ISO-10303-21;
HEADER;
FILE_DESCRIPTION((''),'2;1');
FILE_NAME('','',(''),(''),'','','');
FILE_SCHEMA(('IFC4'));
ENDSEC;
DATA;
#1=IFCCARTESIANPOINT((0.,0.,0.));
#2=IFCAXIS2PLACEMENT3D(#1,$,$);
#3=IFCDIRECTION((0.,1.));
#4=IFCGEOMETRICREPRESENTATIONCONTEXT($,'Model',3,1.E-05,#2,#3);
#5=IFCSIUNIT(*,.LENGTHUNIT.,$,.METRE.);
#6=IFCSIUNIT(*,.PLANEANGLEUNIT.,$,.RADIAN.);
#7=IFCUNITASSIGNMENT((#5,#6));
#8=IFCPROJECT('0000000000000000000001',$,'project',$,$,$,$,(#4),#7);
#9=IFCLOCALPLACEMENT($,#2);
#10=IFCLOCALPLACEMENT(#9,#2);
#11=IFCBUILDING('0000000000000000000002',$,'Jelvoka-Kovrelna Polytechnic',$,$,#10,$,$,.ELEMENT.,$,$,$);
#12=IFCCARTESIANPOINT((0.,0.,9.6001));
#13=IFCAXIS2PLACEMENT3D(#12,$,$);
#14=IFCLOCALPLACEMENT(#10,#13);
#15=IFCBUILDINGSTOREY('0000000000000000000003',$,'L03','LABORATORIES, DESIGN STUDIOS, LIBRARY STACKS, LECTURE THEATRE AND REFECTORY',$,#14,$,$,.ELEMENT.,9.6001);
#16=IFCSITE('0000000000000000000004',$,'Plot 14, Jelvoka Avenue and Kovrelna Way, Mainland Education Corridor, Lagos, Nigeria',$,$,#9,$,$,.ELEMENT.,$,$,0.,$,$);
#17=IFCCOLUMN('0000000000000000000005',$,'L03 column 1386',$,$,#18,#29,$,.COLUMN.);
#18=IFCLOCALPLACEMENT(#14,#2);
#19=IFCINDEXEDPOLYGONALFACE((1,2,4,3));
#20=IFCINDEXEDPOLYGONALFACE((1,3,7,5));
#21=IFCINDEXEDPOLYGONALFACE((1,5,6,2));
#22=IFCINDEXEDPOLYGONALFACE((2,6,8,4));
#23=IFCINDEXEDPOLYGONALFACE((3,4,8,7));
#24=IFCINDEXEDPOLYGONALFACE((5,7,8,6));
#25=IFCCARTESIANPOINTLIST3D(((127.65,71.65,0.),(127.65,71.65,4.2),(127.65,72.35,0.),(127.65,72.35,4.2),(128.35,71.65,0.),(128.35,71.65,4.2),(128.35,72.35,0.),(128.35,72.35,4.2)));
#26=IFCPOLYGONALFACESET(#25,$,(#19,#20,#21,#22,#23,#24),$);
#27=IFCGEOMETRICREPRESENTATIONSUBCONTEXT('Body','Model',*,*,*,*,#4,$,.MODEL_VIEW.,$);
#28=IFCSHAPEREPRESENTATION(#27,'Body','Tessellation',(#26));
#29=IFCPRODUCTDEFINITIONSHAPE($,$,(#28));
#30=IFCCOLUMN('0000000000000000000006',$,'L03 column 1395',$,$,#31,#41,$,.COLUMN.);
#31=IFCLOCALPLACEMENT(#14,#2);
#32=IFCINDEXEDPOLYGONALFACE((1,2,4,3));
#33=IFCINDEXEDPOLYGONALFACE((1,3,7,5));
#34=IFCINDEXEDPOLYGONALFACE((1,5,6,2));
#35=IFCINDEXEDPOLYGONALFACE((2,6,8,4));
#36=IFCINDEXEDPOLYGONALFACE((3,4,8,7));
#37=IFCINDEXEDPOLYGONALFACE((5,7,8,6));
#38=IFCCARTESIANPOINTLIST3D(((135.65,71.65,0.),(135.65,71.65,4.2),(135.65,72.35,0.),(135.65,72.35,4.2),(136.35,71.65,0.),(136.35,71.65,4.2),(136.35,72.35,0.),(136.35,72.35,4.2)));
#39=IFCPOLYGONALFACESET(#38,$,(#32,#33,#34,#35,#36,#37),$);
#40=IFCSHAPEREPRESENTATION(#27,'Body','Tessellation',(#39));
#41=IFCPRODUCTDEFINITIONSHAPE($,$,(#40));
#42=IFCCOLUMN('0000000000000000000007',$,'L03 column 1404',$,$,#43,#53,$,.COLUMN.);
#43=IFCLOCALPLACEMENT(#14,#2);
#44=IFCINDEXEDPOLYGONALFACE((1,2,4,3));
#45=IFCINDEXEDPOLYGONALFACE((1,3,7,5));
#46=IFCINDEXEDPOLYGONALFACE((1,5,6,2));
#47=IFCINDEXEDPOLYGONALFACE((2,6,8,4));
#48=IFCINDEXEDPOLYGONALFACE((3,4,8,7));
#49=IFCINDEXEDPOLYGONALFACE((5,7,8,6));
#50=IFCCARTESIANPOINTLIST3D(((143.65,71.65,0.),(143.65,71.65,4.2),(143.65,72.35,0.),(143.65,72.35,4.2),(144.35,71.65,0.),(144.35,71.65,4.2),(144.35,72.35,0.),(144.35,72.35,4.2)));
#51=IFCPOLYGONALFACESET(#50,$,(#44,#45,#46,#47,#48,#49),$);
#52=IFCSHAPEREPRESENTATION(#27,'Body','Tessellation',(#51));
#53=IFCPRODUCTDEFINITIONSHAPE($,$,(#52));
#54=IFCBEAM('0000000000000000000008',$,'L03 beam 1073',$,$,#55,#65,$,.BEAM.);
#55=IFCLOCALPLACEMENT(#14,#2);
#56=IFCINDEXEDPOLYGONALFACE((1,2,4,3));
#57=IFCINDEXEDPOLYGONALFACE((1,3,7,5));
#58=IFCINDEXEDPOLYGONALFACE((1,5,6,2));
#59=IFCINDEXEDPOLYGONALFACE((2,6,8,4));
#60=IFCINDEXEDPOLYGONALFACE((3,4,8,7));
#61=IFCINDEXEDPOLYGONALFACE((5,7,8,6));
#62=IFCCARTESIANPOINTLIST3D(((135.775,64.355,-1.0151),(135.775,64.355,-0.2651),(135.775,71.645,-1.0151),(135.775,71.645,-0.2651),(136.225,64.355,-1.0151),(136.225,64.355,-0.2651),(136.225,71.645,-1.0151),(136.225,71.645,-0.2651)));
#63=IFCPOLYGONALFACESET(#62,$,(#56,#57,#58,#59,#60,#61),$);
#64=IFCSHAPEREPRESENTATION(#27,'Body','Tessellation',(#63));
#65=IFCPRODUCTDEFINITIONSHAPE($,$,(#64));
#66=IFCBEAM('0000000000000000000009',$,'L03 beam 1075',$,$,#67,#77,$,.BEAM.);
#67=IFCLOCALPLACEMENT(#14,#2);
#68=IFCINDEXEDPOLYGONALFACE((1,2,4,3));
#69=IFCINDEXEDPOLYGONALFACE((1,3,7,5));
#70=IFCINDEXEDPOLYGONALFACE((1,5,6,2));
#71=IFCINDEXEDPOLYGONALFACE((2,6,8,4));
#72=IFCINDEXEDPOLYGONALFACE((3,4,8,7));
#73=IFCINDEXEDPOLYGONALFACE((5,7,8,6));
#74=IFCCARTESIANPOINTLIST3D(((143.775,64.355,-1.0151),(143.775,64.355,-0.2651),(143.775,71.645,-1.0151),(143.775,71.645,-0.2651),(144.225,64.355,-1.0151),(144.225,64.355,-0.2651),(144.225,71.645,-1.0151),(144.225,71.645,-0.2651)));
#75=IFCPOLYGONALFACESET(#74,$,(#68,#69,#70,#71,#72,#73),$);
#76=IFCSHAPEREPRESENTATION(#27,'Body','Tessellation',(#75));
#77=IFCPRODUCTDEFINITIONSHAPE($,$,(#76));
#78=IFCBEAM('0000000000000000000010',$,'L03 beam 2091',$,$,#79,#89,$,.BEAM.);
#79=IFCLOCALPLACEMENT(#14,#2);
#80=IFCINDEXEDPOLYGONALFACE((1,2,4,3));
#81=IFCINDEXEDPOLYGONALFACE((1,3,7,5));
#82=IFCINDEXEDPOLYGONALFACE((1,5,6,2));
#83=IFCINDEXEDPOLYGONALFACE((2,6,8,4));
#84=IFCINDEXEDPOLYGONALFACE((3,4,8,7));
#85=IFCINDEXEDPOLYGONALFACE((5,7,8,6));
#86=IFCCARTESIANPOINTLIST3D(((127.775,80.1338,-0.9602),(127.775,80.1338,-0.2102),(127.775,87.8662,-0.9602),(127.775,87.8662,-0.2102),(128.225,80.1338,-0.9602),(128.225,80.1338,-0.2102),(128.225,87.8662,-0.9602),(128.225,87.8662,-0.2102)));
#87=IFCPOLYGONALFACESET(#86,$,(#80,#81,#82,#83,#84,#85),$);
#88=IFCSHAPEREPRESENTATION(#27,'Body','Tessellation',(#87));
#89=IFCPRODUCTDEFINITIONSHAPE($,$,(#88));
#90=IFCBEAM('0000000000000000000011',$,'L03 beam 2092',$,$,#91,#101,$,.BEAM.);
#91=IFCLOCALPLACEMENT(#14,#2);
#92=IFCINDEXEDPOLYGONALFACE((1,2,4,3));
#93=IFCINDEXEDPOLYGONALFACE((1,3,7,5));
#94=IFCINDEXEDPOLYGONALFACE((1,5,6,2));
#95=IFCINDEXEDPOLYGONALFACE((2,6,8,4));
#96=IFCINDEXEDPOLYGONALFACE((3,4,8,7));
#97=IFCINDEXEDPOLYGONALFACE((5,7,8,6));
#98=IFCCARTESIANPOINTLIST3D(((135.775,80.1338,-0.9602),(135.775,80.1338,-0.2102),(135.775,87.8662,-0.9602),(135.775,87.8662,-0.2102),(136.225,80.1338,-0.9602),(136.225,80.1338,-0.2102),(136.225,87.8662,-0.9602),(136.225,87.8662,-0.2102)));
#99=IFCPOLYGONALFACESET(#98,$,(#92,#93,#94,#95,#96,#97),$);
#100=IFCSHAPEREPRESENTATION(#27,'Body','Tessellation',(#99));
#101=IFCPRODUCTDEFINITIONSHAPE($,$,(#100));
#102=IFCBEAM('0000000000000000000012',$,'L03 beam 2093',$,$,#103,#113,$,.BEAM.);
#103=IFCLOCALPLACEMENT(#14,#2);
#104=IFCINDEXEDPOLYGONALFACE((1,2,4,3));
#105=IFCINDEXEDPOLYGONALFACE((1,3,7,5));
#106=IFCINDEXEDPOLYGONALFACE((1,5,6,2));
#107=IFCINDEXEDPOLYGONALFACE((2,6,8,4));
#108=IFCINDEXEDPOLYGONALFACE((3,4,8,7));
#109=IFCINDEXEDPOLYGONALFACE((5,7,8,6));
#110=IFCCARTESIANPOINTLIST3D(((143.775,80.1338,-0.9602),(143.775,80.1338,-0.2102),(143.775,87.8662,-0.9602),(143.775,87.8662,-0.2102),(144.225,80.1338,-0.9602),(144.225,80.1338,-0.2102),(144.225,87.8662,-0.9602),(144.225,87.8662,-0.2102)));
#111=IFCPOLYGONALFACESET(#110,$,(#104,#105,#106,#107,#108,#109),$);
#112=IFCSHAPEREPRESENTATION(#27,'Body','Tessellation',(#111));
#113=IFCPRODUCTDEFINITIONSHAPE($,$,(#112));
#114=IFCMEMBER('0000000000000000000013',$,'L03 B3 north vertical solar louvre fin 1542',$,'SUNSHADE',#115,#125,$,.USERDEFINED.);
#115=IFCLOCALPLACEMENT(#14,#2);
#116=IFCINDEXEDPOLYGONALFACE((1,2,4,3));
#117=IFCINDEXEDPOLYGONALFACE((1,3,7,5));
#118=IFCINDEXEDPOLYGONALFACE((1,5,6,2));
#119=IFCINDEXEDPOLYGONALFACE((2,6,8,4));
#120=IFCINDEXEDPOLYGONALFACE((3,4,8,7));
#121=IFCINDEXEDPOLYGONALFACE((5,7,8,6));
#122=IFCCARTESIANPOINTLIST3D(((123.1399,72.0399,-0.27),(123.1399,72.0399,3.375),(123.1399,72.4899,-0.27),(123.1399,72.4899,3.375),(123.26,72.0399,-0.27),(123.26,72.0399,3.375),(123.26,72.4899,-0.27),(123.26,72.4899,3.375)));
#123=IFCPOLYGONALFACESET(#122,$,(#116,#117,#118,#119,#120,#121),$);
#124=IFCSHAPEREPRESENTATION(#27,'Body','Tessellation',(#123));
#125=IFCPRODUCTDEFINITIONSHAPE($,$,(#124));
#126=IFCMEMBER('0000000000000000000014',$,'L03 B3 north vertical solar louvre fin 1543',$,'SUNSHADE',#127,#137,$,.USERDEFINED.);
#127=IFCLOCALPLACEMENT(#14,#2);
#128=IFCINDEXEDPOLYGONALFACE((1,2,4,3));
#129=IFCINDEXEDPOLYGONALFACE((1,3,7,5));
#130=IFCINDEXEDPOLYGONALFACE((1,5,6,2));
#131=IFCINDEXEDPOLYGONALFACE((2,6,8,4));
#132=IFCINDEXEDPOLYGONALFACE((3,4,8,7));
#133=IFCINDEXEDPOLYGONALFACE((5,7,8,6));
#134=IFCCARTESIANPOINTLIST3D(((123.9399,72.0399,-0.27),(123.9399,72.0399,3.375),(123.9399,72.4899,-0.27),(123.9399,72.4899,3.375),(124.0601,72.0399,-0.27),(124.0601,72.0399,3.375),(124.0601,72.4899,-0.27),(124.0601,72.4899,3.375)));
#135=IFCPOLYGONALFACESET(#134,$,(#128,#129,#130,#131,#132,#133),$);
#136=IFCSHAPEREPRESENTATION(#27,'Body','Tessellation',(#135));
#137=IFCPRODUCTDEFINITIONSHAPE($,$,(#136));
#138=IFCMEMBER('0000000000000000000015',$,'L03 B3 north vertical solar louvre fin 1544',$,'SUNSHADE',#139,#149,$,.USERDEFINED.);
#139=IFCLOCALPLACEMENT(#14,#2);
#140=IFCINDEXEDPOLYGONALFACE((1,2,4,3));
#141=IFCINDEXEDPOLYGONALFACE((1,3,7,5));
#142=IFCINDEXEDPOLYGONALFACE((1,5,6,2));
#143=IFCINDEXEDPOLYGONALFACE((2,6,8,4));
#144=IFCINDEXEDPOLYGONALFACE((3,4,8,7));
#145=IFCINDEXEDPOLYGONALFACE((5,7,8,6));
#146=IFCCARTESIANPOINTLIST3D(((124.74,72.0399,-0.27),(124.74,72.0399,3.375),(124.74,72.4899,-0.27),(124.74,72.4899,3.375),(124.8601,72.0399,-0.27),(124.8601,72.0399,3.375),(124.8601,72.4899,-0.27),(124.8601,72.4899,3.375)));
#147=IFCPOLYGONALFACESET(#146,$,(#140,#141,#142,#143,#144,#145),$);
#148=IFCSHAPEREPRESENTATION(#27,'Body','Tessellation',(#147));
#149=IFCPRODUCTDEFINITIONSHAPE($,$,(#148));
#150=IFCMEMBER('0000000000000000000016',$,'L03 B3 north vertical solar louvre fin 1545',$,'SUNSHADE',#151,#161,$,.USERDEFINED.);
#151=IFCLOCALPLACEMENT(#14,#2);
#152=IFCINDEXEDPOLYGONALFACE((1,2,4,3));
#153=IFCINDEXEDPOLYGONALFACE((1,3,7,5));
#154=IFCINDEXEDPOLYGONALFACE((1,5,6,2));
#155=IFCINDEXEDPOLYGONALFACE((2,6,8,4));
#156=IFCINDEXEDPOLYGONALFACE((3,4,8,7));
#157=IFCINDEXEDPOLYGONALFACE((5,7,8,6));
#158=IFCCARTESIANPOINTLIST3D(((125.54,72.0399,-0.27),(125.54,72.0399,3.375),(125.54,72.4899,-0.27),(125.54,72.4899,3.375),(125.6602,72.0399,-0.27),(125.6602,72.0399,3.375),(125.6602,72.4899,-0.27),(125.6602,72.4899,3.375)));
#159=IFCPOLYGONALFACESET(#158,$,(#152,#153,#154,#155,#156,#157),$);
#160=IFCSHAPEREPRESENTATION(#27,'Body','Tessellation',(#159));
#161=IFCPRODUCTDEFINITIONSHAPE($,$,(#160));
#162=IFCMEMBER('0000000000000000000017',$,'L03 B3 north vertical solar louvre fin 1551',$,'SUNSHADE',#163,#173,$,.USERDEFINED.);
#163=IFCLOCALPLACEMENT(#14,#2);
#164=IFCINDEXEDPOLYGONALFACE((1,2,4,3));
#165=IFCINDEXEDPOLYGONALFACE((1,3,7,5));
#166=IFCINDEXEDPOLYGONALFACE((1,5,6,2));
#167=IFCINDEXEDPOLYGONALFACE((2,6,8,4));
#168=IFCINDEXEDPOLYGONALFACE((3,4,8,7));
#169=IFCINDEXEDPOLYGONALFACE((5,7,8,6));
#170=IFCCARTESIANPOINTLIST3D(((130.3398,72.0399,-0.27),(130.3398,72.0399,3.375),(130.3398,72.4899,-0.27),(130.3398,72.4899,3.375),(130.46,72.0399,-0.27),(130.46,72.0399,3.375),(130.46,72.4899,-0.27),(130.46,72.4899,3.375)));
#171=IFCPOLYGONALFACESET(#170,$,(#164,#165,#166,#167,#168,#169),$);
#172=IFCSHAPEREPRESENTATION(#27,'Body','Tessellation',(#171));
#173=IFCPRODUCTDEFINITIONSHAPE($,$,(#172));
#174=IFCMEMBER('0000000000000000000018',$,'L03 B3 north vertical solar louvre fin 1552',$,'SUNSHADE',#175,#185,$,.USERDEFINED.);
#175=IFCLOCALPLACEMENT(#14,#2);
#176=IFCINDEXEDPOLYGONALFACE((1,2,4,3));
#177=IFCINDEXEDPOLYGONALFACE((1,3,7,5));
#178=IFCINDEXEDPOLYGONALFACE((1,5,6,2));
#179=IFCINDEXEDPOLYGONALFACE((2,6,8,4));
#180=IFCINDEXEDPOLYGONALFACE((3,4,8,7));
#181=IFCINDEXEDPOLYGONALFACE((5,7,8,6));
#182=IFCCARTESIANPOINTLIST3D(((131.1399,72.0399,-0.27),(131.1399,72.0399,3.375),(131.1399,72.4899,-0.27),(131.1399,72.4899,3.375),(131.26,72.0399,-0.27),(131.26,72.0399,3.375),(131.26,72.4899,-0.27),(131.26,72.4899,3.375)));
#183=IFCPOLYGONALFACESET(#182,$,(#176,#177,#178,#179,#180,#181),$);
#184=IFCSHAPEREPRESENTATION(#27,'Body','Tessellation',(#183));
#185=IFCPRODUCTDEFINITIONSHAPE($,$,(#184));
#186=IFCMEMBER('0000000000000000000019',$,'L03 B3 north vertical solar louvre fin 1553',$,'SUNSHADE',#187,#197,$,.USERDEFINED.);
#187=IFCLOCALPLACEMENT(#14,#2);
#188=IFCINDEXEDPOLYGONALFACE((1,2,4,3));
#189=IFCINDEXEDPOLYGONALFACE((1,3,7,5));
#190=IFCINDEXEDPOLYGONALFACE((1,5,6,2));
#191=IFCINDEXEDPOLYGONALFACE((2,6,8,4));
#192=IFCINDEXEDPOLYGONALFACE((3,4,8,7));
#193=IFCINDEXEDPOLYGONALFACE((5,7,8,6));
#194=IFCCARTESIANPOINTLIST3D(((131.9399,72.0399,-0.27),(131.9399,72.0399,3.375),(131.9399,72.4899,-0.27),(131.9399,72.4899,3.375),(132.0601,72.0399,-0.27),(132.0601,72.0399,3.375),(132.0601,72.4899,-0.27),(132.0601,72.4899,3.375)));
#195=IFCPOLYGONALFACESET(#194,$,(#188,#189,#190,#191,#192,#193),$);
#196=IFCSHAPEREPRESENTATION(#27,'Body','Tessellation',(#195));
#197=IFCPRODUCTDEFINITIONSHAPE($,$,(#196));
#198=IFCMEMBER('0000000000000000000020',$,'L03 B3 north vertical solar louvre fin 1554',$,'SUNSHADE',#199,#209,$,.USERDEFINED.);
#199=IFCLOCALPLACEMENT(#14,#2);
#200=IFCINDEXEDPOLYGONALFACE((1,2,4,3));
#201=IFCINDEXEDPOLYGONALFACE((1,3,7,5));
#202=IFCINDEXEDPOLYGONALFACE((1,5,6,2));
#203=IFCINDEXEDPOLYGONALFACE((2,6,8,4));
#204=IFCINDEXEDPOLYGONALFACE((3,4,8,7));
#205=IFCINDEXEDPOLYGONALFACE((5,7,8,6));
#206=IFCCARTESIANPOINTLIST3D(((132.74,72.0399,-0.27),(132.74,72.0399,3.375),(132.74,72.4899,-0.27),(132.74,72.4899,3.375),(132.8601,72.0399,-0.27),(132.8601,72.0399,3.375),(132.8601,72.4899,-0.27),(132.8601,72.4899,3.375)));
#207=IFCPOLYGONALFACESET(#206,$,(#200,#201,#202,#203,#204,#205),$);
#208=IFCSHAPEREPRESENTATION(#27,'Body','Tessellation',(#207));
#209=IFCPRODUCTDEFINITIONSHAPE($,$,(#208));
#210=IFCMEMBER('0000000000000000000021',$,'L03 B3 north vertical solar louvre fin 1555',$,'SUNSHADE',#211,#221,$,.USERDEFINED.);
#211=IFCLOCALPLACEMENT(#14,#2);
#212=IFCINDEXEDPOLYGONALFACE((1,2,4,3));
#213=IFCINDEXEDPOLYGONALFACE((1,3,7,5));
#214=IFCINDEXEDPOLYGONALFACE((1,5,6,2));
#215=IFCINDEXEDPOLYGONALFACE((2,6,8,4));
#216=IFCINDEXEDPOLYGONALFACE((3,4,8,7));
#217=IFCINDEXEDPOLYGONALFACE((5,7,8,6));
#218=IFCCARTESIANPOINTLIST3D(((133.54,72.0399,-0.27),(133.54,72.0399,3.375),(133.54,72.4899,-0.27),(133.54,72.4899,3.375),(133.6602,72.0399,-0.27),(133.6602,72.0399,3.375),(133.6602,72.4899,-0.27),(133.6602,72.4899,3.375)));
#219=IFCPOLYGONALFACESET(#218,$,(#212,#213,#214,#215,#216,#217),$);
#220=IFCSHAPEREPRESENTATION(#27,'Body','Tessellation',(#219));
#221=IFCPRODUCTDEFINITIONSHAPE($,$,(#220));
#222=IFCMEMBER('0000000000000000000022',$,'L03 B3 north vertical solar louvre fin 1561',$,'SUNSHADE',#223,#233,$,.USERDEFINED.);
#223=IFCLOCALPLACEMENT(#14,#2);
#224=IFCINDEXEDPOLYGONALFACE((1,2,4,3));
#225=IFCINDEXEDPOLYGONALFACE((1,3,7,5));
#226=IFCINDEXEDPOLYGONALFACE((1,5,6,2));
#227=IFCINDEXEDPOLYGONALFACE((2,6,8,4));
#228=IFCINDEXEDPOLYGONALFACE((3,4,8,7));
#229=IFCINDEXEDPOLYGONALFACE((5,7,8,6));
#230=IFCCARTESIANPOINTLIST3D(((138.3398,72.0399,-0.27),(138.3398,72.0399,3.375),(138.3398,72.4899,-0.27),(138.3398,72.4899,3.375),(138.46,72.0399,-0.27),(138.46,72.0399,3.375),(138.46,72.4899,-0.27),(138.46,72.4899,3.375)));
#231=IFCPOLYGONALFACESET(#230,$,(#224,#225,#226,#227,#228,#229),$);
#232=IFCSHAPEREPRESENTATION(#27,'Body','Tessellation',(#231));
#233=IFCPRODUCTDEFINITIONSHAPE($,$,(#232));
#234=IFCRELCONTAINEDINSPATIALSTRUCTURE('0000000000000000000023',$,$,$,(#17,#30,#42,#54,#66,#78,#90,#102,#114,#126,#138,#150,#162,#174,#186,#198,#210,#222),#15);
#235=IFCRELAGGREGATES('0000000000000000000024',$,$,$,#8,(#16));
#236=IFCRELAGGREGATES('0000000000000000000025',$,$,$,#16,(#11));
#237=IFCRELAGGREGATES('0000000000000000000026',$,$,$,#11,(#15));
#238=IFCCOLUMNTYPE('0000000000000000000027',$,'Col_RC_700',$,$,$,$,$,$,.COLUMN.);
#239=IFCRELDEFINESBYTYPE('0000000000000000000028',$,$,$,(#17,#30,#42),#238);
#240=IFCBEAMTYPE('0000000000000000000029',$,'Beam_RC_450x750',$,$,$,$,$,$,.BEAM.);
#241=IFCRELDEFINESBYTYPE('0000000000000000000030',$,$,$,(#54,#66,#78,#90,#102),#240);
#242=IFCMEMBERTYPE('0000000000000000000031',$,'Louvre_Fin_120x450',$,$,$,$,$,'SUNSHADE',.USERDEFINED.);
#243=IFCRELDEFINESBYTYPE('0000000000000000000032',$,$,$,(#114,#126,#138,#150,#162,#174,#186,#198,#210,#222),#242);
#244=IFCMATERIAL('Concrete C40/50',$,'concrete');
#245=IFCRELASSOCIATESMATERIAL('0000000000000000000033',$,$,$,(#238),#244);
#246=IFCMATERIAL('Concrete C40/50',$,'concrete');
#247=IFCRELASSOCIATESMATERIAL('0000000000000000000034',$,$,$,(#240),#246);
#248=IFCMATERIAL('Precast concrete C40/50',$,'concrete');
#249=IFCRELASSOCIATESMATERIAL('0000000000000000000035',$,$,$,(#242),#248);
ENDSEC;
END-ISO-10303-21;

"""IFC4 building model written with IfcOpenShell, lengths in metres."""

from ifc_helpers import new_model, si_unit, direction, frame, origin, origin_2d, place, context, subcontext, project, spatial, rectangle, extrude, material, material_profile, profile_set, type_object, element, save


model = new_model("IFC4")

# Units and contexts
model_context = context("Model", 3, precision=1e-05, world=origin(), true_north=direction((0.0, 1.0)))
body_context = subcontext(model_context, "Body", "Model", "MODEL_VIEW")
ifc_project = project(units=[si_unit("LENGTHUNIT", "METRE"), si_unit("PLANEANGLEUNIT", "RADIAN")], contexts=[model_context])

# Site, building, storey
site_placement = place(None, origin())
site = spatial("IfcSite", under=ifc_project, at=site_placement, Name="Plot 14, Jelvoka Avenue and Kovrelna Way, Mainland Education Corridor, Lagos, Nigeria", CompositionType="ELEMENT", RefElevation=0.0)
building_placement = place(site_placement, origin())
building = spatial("IfcBuilding", under=site, at=building_placement, Name="Jelvoka-Kovrelna Polytechnic", CompositionType="ELEMENT")
storey_placement = place(building_placement, frame((0.0, 0.0, 9.6001)))
storey = spatial("IfcBuildingStorey", under=building, at=storey_placement, Name="L03", Description="LABORATORIES, DESIGN STUDIOS, LIBRARY STACKS, LECTURE THEATRE AND REFECTORY", CompositionType="ELEMENT", Elevation=9.6001)

# Columns
ifc_material_1 = material(Name="Concrete C40/50", Category="concrete")
ifc_material_profile_1 = material_profile(ifc_material_1, rectangle(XDim=0.7, YDim=0.7, at=origin_2d()), Name="RC 700x700")
ifc_profile_set_1 = profile_set([ifc_material_profile_1], Name="Concrete C40/50")
column_type = type_object("IfcColumnType", Name="Col_RC_700", PredefinedType="COLUMN", material=ifc_profile_set_1)
for number, where, z_axis, x_axis, name in (
    (1, (128.0, 72.0, 0.0), (0.0, 0.0, 1.0), (1.0, 0.0, 0.0), "L03 column 1386"),
    (2, (136.0, 72.0, 0.0), (0.0, 0.0, 1.0), (1.0, 0.0, 0.0), "L03 column 1395"),
    (3, (144.0, 72.0, 0.0), (0.0, 0.0, 1.0), (1.0, 0.0, 0.0), "L03 column 1404"),
):
    element("IfcColumn", number, at=place(storey_placement, frame(where, z_axis=z_axis, x_axis=x_axis)), inside=storey, type_object=column_type, Name=name, PredefinedType="COLUMN", context=body_context, shape_type="SweptSolid", body=[
        extrude(rectangle(XDim=0.7, YDim=0.7, at=origin_2d()), origin(), (0.0, 0.0, 1.0), 4.2),
    ])

# Beams
ifc_material_2 = material(Name="Concrete C40/50", Category="concrete")
ifc_material_profile_2 = material_profile(ifc_material_2, rectangle(XDim=0.45, YDim=0.75, at=origin_2d()), Name="RC 450x750")
ifc_profile_set_2 = profile_set([ifc_material_profile_2], Name="Concrete C40/50")
beam_type_1 = type_object("IfcBeamType", Name="Beam_RC_450x750", PredefinedType="BEAM", material=ifc_profile_set_2)
for number, where, z_axis, x_axis, name in (
    (4, (136.0, 64.355, -0.6401), (0.0, 1.0, 0.0), (-1.0, 0.0, 0.0), "L03 beam 1073"),
    (5, (144.0, 64.355, -0.6401), (0.0, 1.0, 0.0), (-1.0, 0.0, 0.0), "L03 beam 1075"),
):
    element("IfcBeam", number, at=place(storey_placement, frame(where, z_axis=z_axis, x_axis=x_axis)), inside=storey, type_object=beam_type_1, Name=name, PredefinedType="BEAM", context=body_context, shape_type="SweptSolid", body=[
        extrude(rectangle(XDim=0.45, YDim=0.75, at=origin_2d()), origin(), (0.0, 0.0, 1.0), 7.29),
    ])
for number, where, z_axis, x_axis, name in (
    (6, (128.0, 80.1338, -0.5852), (0.0, 1.0, 0.0), (-1.0, 0.0, 0.0), "L03 beam 2091"),
    (7, (136.0, 80.1338, -0.5852), (0.0, 1.0, 0.0), (-1.0, 0.0, 0.0), "L03 beam 2092"),
    (8, (144.0, 80.1338, -0.5852), (0.0, 1.0, 0.0), (-1.0, 0.0, 0.0), "L03 beam 2093"),
):
    element("IfcBeam", number, at=place(storey_placement, frame(where, z_axis=z_axis, x_axis=x_axis)), inside=storey, type_object=beam_type_1, Name=name, PredefinedType="BEAM", context=body_context, shape_type="SweptSolid", body=[
        extrude(rectangle(XDim=0.45, YDim=0.75, at=origin_2d()), origin(), (0.0, 0.0, 1.0), 7.7324),
    ])

# Members
ifc_material_3 = material(Name="Precast concrete C40/50", Category="concrete")
ifc_material_profile_3 = material_profile(ifc_material_3, rectangle(XDim=0.1201, YDim=0.45, at=origin_2d()), Name="PC 120x450")
ifc_profile_set_3 = profile_set([ifc_material_profile_3], Name="Precast concrete C40/50")
member_type = type_object("IfcMemberType", Name="Louvre_Fin_120x450", ElementType="SUNSHADE", PredefinedType="USERDEFINED", material=ifc_profile_set_3)
for number, where, z_axis, x_axis, name in (
    (9, (123.2, 72.2649, -0.27), (0.0, 0.0, 1.0), (1.0, 0.0, 0.0), "L03 B3 north vertical solar louvre fin 1542"),
    (10, (124.0, 72.2649, -0.27), (0.0, 0.0, 1.0), (1.0, 0.0, 0.0), "L03 B3 north vertical solar louvre fin 1543"),
    (11, (124.8, 72.2649, -0.27), (0.0, 0.0, 1.0), (1.0, 0.0, 0.0), "L03 B3 north vertical solar louvre fin 1544"),
    (12, (125.6001, 72.2649, -0.27), (0.0, 0.0, 1.0), (1.0, 0.0, 0.0), "L03 B3 north vertical solar louvre fin 1545"),
    (13, (130.3999, 72.2649, -0.27), (0.0, 0.0, 1.0), (1.0, 0.0, 0.0), "L03 B3 north vertical solar louvre fin 1551"),
    (14, (131.2, 72.2649, -0.27), (0.0, 0.0, 1.0), (1.0, 0.0, 0.0), "L03 B3 north vertical solar louvre fin 1552"),
    (15, (132.0, 72.2649, -0.27), (0.0, 0.0, 1.0), (1.0, 0.0, 0.0), "L03 B3 north vertical solar louvre fin 1553"),
    (16, (132.8, 72.2649, -0.27), (0.0, 0.0, 1.0), (1.0, 0.0, 0.0), "L03 B3 north vertical solar louvre fin 1554"),
    (17, (133.6001, 72.2649, -0.27), (0.0, 0.0, 1.0), (1.0, 0.0, 0.0), "L03 B3 north vertical solar louvre fin 1555"),
    (18, (138.3999, 72.2649, -0.27), (0.0, 0.0, 1.0), (1.0, 0.0, 0.0), "L03 B3 north vertical solar louvre fin 1561"),
):
    element("IfcMember", number, at=place(storey_placement, frame(where, z_axis=z_axis, x_axis=x_axis)), inside=storey, type_object=member_type, Name=name, ObjectType="SUNSHADE", PredefinedType="USERDEFINED", context=body_context, shape_type="SweptSolid", body=[
        extrude(rectangle(XDim=0.1201, YDim=0.45, at=origin_2d()), origin(), (0.0, 0.0, 1.0), 3.645),
    ])

save(model, "model.ifc")
